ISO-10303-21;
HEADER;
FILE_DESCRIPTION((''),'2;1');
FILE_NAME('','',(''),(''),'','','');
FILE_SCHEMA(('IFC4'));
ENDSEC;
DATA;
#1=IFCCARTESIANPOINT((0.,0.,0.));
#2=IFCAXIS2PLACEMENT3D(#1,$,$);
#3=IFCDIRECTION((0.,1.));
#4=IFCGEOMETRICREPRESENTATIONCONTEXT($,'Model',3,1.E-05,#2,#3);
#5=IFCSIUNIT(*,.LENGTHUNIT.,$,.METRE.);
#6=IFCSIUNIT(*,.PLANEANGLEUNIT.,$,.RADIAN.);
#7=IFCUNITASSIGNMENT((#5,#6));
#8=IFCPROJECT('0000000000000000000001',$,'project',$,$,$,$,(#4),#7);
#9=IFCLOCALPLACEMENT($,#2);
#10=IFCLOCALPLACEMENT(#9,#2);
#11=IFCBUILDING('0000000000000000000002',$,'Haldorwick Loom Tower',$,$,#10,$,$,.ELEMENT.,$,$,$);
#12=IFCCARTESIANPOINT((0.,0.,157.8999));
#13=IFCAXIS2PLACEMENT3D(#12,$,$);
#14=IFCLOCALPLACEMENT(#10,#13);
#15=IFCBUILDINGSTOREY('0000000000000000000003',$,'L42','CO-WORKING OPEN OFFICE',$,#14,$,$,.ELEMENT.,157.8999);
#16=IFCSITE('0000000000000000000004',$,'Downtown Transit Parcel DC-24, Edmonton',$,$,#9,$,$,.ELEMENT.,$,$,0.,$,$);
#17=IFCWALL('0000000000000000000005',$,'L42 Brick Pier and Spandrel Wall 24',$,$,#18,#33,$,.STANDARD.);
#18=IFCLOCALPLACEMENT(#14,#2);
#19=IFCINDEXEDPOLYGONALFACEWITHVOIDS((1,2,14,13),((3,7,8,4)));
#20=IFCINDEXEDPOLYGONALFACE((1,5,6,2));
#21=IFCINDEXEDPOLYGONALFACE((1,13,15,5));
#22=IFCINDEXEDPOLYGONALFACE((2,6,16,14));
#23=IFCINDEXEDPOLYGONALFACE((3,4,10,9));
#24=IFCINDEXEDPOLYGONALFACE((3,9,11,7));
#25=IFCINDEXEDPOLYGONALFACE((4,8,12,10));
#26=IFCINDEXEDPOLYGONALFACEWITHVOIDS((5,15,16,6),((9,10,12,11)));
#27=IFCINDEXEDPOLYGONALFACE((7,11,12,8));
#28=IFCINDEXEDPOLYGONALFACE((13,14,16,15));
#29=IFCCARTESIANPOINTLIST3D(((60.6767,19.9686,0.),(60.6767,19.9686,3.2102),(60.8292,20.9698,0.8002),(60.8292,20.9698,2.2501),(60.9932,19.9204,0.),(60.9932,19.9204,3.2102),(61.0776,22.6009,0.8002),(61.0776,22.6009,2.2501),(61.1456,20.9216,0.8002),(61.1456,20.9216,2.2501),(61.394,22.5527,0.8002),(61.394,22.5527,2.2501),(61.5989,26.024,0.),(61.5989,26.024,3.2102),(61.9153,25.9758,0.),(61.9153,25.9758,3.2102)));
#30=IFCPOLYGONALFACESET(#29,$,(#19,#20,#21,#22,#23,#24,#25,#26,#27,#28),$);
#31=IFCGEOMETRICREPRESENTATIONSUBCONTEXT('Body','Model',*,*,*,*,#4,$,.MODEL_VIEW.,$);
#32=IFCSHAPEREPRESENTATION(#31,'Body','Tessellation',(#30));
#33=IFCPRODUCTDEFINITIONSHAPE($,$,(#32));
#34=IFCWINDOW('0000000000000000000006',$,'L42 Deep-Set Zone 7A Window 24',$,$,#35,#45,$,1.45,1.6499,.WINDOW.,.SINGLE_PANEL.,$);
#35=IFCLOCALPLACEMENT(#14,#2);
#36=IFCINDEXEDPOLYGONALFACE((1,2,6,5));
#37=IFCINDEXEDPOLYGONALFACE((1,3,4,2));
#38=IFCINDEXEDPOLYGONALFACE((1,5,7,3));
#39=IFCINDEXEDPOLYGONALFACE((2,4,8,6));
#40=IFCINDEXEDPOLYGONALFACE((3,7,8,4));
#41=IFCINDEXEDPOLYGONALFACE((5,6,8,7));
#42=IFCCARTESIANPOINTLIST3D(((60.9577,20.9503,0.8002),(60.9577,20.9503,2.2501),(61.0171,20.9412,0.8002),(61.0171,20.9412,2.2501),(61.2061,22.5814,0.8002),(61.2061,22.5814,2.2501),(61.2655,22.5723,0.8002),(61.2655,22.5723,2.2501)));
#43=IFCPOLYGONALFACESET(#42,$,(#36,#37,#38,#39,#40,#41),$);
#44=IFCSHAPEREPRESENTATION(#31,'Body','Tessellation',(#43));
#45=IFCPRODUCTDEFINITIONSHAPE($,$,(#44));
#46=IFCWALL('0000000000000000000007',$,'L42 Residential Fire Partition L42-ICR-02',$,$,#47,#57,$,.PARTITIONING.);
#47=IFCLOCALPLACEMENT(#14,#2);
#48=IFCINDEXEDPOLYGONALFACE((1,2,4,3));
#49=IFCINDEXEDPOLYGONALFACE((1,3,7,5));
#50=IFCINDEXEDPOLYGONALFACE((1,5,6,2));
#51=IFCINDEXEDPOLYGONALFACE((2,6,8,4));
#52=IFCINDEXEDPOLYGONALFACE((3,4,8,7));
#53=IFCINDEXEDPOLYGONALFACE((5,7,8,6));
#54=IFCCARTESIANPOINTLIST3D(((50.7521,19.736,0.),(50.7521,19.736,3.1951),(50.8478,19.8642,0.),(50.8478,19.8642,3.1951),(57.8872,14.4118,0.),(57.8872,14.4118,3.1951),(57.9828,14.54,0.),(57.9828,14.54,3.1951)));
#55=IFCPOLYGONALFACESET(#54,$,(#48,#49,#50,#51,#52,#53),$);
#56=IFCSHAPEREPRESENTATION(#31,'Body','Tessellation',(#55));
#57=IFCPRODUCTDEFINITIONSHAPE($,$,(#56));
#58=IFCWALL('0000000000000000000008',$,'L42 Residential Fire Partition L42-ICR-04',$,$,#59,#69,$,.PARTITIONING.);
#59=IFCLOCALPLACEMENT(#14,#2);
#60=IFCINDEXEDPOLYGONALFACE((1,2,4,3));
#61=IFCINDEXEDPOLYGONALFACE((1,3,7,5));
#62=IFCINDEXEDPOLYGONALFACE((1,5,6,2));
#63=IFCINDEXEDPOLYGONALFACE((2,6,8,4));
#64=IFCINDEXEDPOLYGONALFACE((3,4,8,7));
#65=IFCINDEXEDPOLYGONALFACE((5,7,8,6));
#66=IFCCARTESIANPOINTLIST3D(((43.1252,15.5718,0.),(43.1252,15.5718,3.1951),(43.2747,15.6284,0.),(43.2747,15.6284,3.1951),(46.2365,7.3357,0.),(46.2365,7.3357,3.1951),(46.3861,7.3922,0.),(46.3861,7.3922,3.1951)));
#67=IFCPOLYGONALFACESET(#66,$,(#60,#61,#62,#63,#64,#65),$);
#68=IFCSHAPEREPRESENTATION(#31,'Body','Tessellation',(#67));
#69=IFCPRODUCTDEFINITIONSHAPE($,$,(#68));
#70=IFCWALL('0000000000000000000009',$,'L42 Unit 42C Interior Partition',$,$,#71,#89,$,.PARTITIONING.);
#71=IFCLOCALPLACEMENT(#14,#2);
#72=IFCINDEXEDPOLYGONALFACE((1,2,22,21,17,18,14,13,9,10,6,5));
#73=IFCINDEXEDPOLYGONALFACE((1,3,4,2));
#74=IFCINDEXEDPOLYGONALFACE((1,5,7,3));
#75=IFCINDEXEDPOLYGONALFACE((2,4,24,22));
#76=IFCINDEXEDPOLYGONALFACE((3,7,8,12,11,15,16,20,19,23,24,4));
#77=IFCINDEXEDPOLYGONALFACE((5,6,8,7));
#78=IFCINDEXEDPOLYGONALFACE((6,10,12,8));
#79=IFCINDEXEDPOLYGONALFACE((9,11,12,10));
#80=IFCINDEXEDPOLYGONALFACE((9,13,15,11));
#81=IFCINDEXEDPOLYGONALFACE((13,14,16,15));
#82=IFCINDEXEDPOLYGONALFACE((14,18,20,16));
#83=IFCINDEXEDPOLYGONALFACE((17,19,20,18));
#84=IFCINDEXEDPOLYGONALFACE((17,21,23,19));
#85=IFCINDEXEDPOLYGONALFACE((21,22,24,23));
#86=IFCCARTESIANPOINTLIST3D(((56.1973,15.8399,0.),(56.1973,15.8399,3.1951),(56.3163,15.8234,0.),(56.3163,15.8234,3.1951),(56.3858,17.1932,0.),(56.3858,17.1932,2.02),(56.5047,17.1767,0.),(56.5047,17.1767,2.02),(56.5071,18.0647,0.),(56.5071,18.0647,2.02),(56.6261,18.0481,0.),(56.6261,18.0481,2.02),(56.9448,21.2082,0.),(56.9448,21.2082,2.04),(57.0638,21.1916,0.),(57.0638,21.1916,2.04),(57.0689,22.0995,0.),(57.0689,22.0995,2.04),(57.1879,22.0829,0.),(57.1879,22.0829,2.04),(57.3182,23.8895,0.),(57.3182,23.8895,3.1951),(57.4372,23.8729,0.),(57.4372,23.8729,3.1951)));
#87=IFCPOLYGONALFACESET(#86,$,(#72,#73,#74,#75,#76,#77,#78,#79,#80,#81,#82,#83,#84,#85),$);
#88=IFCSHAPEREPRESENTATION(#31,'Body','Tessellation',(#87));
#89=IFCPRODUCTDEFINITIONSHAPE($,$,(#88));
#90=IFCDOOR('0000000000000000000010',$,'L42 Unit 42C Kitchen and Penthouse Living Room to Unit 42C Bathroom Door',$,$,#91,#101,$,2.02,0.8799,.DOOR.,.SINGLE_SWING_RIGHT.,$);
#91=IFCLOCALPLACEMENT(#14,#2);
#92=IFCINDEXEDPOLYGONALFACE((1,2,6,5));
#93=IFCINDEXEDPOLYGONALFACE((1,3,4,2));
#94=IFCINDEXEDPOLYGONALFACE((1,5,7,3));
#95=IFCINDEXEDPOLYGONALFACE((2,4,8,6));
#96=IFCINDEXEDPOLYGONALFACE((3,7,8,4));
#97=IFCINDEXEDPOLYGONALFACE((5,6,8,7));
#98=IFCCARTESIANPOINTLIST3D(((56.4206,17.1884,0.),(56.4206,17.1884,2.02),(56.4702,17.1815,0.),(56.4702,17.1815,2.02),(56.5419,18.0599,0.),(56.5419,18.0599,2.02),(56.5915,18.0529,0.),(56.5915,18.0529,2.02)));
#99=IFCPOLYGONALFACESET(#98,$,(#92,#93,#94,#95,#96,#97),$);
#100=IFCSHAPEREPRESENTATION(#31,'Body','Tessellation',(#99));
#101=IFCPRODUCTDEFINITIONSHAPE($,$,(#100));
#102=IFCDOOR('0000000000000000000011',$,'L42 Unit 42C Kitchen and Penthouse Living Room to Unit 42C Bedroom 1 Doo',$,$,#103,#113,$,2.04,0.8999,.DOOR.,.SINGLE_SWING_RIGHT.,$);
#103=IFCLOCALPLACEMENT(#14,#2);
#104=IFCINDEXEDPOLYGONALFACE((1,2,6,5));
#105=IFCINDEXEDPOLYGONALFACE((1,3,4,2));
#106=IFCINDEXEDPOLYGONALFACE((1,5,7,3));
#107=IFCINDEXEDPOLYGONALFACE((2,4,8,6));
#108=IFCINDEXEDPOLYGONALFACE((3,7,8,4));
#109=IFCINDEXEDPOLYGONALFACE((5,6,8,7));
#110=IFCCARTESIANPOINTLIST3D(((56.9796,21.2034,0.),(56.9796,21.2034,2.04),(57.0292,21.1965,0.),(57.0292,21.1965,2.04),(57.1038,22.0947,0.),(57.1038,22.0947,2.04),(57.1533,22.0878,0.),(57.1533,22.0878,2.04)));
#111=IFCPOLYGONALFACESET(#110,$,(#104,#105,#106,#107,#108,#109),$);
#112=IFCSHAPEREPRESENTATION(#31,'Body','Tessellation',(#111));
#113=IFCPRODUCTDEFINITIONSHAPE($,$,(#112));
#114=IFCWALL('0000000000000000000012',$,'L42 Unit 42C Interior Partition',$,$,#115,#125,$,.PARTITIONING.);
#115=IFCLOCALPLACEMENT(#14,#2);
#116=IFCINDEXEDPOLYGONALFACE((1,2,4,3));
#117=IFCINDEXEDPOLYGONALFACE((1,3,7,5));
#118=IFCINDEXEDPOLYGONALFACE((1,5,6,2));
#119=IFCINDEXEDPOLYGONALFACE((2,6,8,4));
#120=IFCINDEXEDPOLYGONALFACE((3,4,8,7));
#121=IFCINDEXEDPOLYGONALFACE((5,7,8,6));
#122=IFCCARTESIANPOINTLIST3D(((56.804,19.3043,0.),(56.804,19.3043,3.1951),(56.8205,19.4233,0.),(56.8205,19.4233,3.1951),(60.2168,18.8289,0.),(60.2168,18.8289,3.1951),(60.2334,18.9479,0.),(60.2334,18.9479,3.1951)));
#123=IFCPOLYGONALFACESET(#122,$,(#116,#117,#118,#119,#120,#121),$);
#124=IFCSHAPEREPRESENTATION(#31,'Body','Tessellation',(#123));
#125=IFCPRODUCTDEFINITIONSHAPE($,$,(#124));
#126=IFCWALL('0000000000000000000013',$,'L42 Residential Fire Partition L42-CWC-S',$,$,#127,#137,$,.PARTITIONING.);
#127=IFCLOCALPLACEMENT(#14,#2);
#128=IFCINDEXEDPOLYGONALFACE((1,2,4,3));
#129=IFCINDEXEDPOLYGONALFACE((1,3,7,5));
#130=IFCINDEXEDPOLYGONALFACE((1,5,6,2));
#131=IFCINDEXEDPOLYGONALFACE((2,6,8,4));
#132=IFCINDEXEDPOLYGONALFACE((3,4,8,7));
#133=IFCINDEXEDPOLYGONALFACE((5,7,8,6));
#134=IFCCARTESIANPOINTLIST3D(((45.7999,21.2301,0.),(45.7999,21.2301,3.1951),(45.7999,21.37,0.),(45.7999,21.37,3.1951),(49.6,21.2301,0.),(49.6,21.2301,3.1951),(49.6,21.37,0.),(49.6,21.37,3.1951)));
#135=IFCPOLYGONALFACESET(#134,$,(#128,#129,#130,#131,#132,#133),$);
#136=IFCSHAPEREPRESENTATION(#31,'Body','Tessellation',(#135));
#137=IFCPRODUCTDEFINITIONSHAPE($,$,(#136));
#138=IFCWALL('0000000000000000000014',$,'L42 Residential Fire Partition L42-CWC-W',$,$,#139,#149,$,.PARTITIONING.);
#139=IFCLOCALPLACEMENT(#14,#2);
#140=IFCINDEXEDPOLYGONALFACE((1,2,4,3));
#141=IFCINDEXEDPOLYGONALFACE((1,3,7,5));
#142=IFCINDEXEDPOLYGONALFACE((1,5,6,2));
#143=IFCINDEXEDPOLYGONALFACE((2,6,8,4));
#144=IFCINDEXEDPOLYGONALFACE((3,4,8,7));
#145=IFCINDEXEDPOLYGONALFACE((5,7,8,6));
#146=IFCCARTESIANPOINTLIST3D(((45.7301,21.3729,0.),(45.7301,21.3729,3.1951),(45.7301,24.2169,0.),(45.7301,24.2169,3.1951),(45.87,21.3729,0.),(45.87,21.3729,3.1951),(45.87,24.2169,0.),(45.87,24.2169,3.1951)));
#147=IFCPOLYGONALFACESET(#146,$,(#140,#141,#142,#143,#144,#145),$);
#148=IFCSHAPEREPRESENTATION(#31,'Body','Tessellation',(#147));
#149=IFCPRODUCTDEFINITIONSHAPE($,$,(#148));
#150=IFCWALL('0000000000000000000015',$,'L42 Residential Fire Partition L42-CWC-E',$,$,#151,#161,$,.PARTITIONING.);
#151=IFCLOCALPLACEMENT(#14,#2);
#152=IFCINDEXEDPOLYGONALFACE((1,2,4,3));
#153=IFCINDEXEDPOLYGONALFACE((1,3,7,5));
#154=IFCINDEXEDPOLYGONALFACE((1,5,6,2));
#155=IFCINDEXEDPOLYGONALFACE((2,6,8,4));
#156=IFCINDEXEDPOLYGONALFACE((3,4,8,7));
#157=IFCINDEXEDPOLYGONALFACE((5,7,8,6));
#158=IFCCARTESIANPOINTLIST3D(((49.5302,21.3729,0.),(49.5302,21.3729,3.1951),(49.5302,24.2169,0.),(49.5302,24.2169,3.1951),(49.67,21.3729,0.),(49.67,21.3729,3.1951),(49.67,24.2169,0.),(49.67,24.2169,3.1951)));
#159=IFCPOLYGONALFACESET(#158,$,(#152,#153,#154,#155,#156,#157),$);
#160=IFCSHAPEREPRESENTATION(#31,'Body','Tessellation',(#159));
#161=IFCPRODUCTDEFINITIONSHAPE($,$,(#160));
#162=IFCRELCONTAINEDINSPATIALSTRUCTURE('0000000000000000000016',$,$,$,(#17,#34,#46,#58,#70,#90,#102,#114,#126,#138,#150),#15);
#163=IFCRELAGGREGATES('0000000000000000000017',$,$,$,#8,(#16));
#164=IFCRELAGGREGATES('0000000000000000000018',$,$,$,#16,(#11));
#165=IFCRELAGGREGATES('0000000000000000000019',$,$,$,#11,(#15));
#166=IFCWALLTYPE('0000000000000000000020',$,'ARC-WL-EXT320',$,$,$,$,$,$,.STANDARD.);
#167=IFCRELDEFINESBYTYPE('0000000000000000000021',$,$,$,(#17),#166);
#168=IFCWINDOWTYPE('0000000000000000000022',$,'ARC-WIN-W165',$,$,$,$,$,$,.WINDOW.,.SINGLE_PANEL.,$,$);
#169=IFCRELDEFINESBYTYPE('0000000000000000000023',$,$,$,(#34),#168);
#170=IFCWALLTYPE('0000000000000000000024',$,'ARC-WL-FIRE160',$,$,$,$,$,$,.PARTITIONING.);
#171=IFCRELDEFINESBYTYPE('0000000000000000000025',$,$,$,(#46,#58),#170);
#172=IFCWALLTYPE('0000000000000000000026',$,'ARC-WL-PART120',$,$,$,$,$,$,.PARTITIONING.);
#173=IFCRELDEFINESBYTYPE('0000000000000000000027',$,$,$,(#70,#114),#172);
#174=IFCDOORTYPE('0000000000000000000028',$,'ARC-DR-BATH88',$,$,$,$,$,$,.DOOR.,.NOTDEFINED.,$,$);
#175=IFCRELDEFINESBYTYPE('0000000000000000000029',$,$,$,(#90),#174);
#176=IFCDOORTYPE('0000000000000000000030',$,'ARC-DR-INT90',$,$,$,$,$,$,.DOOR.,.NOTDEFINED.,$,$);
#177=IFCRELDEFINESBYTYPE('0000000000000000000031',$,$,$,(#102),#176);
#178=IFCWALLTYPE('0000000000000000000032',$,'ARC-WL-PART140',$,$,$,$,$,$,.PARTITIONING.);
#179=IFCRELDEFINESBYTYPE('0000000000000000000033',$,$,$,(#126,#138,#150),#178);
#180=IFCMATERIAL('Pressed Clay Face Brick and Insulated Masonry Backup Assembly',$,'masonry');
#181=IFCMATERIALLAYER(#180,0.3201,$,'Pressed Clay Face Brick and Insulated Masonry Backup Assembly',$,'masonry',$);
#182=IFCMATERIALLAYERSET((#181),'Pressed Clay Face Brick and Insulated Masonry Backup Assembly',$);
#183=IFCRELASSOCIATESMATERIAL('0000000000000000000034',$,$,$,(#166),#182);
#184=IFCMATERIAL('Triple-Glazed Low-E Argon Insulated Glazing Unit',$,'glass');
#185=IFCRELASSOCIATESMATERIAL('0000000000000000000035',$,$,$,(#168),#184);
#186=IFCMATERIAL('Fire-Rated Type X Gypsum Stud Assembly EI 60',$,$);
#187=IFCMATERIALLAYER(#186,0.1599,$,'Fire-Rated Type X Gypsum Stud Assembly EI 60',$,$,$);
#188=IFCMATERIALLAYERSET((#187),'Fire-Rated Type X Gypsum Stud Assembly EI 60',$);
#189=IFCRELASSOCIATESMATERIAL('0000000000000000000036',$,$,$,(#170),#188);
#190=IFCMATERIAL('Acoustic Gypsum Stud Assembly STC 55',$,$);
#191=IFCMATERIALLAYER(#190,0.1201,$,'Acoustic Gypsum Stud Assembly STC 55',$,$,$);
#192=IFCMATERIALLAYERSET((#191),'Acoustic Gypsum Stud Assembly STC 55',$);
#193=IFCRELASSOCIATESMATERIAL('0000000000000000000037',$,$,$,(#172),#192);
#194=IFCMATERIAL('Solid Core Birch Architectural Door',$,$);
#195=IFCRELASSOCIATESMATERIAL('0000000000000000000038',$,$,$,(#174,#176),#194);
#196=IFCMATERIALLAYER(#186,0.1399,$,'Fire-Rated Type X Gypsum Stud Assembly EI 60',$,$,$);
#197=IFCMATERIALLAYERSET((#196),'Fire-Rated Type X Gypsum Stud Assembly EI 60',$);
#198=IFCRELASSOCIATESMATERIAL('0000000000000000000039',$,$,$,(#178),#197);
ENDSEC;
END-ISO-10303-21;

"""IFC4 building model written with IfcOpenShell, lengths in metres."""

from ifc_helpers import new_model, si_unit, direction, frame, frame_2d, origin, place, context, subcontext, project, spatial, rectangle, extrude, material, layer, layer_set, type_object, element, fill, save


model = new_model("IFC4")

# Units and contexts
model_context = context("Model", 3, precision=1e-05, world=origin(), true_north=direction((0.0, 1.0)))
body_context = subcontext(model_context, "Body", "Model", "MODEL_VIEW")
ifc_project = project(units=[si_unit("LENGTHUNIT", "METRE"), si_unit("PLANEANGLEUNIT", "RADIAN")], contexts=[model_context])

# Site, building, storey
site_placement = place(None, origin())
site = spatial("IfcSite", under=ifc_project, at=site_placement, Name="Downtown Transit Parcel DC-24, Edmonton", CompositionType="ELEMENT", RefElevation=0.0)
building_placement = place(site_placement, origin())
building = spatial("IfcBuilding", under=site, at=building_placement, Name="Haldorwick Loom Tower", CompositionType="ELEMENT")
storey_placement = place(building_placement, frame((0.0, 0.0, 157.8999)))
storey = spatial("IfcBuildingStorey", under=building, at=storey_placement, Name="L42", Description="CO-WORKING OPEN OFFICE", CompositionType="ELEMENT", Elevation=157.8999)

# Shared definitions
ifc_material_1 = material(Name="Pressed Clay Face Brick and Insulated Masonry Backup Assembly", Category="masonry")
ifc_layer_1 = layer(ifc_material_1, 0.3201, Name="Pressed Clay Face Brick and Insulated Masonry Backup Assembly", Category="masonry")
ifc_layer_set_1 = layer_set([ifc_layer_1], Name="Pressed Clay Face Brick and Insulated Masonry Backup Assembly")
wall_type_1 = type_object("IfcWallType", Name="ARC-WL-EXT320", PredefinedType="STANDARD", material=ifc_layer_set_1)
ifc_material_2 = material(Name="Triple-Glazed Low-E Argon Insulated Glazing Unit", Category="glass")
window_type = type_object("IfcWindowType", Name="ARC-WIN-W165", PartitioningType="SINGLE_PANEL", PredefinedType="WINDOW", material=ifc_material_2)

# Wall, opening, window
wall_1_placement = place(storey_placement, frame((60.835, 19.9446, 0.0), z_axis=(0.0, 0.0, 1.0), x_axis=(0.150544, 0.988603, 0.0)))
wall_1 = element("IfcWall", 1, at=wall_1_placement, inside=storey, type_object=wall_type_1, Name="L42 Brick Pier and Spandrel Wall 24", PredefinedType="STANDARD", context=body_context, shape_type="SweptSolid", body=[
    extrude(rectangle(XDim=6.1252, YDim=0.3201, at=frame_2d((3.0625, 0.0))), origin(), (0.0, 0.0, 1.0), 3.2102),
])
opening_1_placement = place(wall_1_placement, frame((1.0127, 0.0, 0.8)))
opening_1 = element("IfcOpeningElement", 2, at=opening_1_placement, cuts=wall_1, PredefinedType="OPENING", context=body_context, shape_type="SweptSolid", body=[
    extrude(rectangle(XDim=1.6499, YDim=1.45, at=frame_2d((0.825, 0.7251))), frame((0.0, 0.1699, 0.0), z_axis=(0.0, -1.0, 0.0), x_axis=(1.0, 0.0, 0.0)), (0.0, 0.0, 1.0), 0.3401),
])
window_1_placement = place(opening_1_placement, origin())
window_1 = element("IfcWindow", 3, at=window_1_placement, inside=storey, type_object=window_type, Name="L42 Deep-Set Zone 7A Window 24", OverallHeight=1.45, OverallWidth=1.6499, PartitioningType="SINGLE_PANEL", PredefinedType="WINDOW", context=body_context, shape_type="SweptSolid", body=[
    extrude(rectangle(XDim=1.6499, YDim=1.45, at=frame_2d((0.825, 0.7251))), frame((0.0, 0.03, 0.0), z_axis=(0.0, -1.0, 0.0), x_axis=(1.0, 0.0, 0.0)), (0.0, 0.0, 1.0), 0.0601),
])
fill(opening_1, window_1)

# Walls
ifc_material_3 = material(Name="Fire-Rated Type X Gypsum Stud Assembly EI 60")
ifc_layer_2 = layer(ifc_material_3, 0.1599, Name="Fire-Rated Type X Gypsum Stud Assembly EI 60")
ifc_layer_set_2 = layer_set([ifc_layer_2], Name="Fire-Rated Type X Gypsum Stud Assembly EI 60")
wall_type_2 = type_object("IfcWallType", Name="ARC-WL-FIRE160", PredefinedType="PARTITIONING", material=ifc_layer_set_2)
wall_2_placement = place(storey_placement, frame((50.8, 19.8, 0.0), z_axis=(0.0, 0.0, 1.0), x_axis=(0.801455, -0.598054, 0.0)))
element("IfcWall", 4, at=wall_2_placement, inside=storey, type_object=wall_type_2, Name="L42 Residential Fire Partition L42-ICR-02", PredefinedType="PARTITIONING", context=body_context, shape_type="SweptSolid", body=[
    extrude(rectangle(XDim=8.9026, YDim=0.1599, at=frame_2d((4.4512, 0.0))), origin(), (0.0, 0.0, 1.0), 3.1951),
])
wall_3_placement = place(storey_placement, frame((43.2, 15.6001, 0.0), z_axis=(0.0, 0.0, 1.0), x_axis=(0.353392, -0.935475, 0.0)))
element("IfcWall", 5, at=wall_3_placement, inside=storey, type_object=wall_type_2, Name="L42 Residential Fire Partition L42-ICR-04", PredefinedType="PARTITIONING", context=body_context, shape_type="SweptSolid", body=[
    extrude(rectangle(XDim=8.8042, YDim=0.1599, at=frame_2d((4.4021, 0.0))), origin(), (0.0, 0.0, 1.0), 3.1951),
])

# Wall, openings, doors
ifc_material_4 = material(Name="Acoustic Gypsum Stud Assembly STC 55")
ifc_layer_3 = layer(ifc_material_4, 0.1201, Name="Acoustic Gypsum Stud Assembly STC 55")
ifc_layer_set_3 = layer_set([ifc_layer_3], Name="Acoustic Gypsum Stud Assembly STC 55")
wall_type_3 = type_object("IfcWallType", Name="ARC-WL-PART120", PredefinedType="PARTITIONING", material=ifc_layer_set_3)
wall_4_placement = place(storey_placement, frame((56.2568, 15.8318, 0.0), z_axis=(0.0, 0.0, 1.0), x_axis=(0.137913, 0.990444, 0.0)))
wall_4 = element("IfcWall", 6, at=wall_4_placement, inside=storey, type_object=wall_type_3, Name="L42 Unit 42C Interior Partition", PredefinedType="PARTITIONING", context=body_context, shape_type="SweptSolid", body=[
    extrude(rectangle(XDim=8.1272, YDim=0.1201, at=frame_2d((4.0635, 0.0))), origin(), (0.0, 0.0, 1.0), 3.1951),
])
opening_2_placement = place(wall_4_placement, frame((5.4199, 0.0, 0.0)))
opening_2 = element("IfcOpeningElement", 7, at=opening_2_placement, cuts=wall_4, PredefinedType="OPENING", context=body_context, shape_type="SweptSolid", body=[
    extrude(rectangle(XDim=0.8999, YDim=2.04, at=frame_2d((0.45, 1.02))), frame((0.0, 0.0701, 0.0), z_axis=(0.0, -1.0, 0.0), x_axis=(1.0, 0.0, 0.0)), (0.0, 0.0, 1.0), 0.1401),
])
opening_3_placement = place(wall_4_placement, frame((1.3662, 0.0, 0.0)))
opening_3 = element("IfcOpeningElement", 8, at=opening_3_placement, cuts=wall_4, PredefinedType="OPENING", context=body_context, shape_type="SweptSolid", body=[
    extrude(rectangle(XDim=0.8799, YDim=2.02, at=frame_2d((0.4399, 1.01))), frame((0.0, 0.0701, 0.0), z_axis=(0.0, -1.0, 0.0), x_axis=(1.0, 0.0, 0.0)), (0.0, 0.0, 1.0), 0.1401),
])
ifc_material_5 = material(Name="Solid Core Birch Architectural Door")
door_type_1 = type_object("IfcDoorType", Name="ARC-DR-BATH88", OperationType="NOTDEFINED", PredefinedType="DOOR", material=ifc_material_5)
door_1_placement = place(opening_3_placement, origin())
door_1 = element("IfcDoor", 9, at=door_1_placement, inside=storey, type_object=door_type_1, Name="L42 Unit 42C Kitchen and Penthouse Living Room to Unit 42C Bathroom Door", OperationType="SINGLE_SWING_RIGHT", OverallHeight=2.02, OverallWidth=0.8799, PredefinedType="DOOR", context=body_context, shape_type="SweptSolid", body=[
    extrude(rectangle(XDim=0.8799, YDim=2.02, at=frame_2d((0.4399, 1.01))), frame((0.0, 0.0249, 0.0), z_axis=(0.0, -1.0, 0.0), x_axis=(1.0, 0.0, 0.0)), (0.0, 0.0, 1.0), 0.05),
])
fill(opening_3, door_1)
door_type_2 = type_object("IfcDoorType", Name="ARC-DR-INT90", OperationType="NOTDEFINED", PredefinedType="DOOR", material=ifc_material_5)
door_2_placement = place(opening_2_placement, origin())
door_2 = element("IfcDoor", 10, at=door_2_placement, inside=storey, type_object=door_type_2, Name="L42 Unit 42C Kitchen and Penthouse Living Room to Unit 42C Bedroom 1 Doo", OperationType="SINGLE_SWING_RIGHT", OverallHeight=2.04, OverallWidth=0.8999, PredefinedType="DOOR", context=body_context, shape_type="SweptSolid", body=[
    extrude(rectangle(XDim=0.8999, YDim=2.04, at=frame_2d((0.45, 1.02))), frame((0.0, 0.0249, 0.0), z_axis=(0.0, -1.0, 0.0), x_axis=(1.0, 0.0, 0.0)), (0.0, 0.0, 1.0), 0.05),
])
fill(opening_2, door_2)

# Walls
wall_5_placement = place(storey_placement, frame((56.8123, 19.3638, 0.0), z_axis=(0.0, 0.0, 1.0), x_axis=(0.990439, -0.137949, 0.0)))
element("IfcWall", 11, at=wall_5_placement, inside=storey, type_object=wall_type_3, Name="L42 Unit 42C Interior Partition", PredefinedType="PARTITIONING", context=body_context, shape_type="SweptSolid", body=[
    extrude(rectangle(XDim=3.4458, YDim=0.1201, at=frame_2d((1.7229, 0.0))), origin(), (0.0, 0.0, 1.0), 3.1951),
])
ifc_layer_4 = layer(ifc_material_3, 0.1399, Name="Fire-Rated Type X Gypsum Stud Assembly EI 60")
ifc_layer_set_4 = layer_set([ifc_layer_4], Name="Fire-Rated Type X Gypsum Stud Assembly EI 60")
wall_type_4 = type_object("IfcWallType", Name="ARC-WL-PART140", PredefinedType="PARTITIONING", material=ifc_layer_set_4)
wall_6_placement = place(storey_placement, frame((45.8, 21.3, 0.0), z_axis=(0.0, 0.0, 1.0), x_axis=(1.0, 0.0, 0.0)))
element("IfcWall", 12, at=wall_6_placement, inside=storey, type_object=wall_type_4, Name="L42 Residential Fire Partition L42-CWC-S", PredefinedType="PARTITIONING", context=body_context, shape_type="SweptSolid", body=[
    extrude(rectangle(XDim=3.8, YDim=0.1399, at=frame_2d((1.8999, 0.0))), origin(), (0.0, 0.0, 1.0), 3.1951),
])
for number, where, z_axis, x_axis, name in (
    (13, (45.8, 21.373, 0.0), (0.0, 0.0, 1.0), (0.0, 1.0, 0.0), "L42 Residential Fire Partition L42-CWC-W"),
    (14, (49.6001, 21.373, 0.0), (0.0, 0.0, 1.0), (0.0, 1.0, 0.0), "L42 Residential Fire Partition L42-CWC-E"),
):
    element("IfcWall", number, at=place(storey_placement, frame(where, z_axis=z_axis, x_axis=x_axis)), inside=storey, type_object=wall_type_4, Name=name, PredefinedType="PARTITIONING", context=body_context, shape_type="SweptSolid", body=[
        extrude(rectangle(XDim=2.844, YDim=0.1399, at=frame_2d((1.4219, 0.0))), origin(), (0.0, 0.0, 1.0), 3.1951),
    ])

save(model, "model.ifc")
